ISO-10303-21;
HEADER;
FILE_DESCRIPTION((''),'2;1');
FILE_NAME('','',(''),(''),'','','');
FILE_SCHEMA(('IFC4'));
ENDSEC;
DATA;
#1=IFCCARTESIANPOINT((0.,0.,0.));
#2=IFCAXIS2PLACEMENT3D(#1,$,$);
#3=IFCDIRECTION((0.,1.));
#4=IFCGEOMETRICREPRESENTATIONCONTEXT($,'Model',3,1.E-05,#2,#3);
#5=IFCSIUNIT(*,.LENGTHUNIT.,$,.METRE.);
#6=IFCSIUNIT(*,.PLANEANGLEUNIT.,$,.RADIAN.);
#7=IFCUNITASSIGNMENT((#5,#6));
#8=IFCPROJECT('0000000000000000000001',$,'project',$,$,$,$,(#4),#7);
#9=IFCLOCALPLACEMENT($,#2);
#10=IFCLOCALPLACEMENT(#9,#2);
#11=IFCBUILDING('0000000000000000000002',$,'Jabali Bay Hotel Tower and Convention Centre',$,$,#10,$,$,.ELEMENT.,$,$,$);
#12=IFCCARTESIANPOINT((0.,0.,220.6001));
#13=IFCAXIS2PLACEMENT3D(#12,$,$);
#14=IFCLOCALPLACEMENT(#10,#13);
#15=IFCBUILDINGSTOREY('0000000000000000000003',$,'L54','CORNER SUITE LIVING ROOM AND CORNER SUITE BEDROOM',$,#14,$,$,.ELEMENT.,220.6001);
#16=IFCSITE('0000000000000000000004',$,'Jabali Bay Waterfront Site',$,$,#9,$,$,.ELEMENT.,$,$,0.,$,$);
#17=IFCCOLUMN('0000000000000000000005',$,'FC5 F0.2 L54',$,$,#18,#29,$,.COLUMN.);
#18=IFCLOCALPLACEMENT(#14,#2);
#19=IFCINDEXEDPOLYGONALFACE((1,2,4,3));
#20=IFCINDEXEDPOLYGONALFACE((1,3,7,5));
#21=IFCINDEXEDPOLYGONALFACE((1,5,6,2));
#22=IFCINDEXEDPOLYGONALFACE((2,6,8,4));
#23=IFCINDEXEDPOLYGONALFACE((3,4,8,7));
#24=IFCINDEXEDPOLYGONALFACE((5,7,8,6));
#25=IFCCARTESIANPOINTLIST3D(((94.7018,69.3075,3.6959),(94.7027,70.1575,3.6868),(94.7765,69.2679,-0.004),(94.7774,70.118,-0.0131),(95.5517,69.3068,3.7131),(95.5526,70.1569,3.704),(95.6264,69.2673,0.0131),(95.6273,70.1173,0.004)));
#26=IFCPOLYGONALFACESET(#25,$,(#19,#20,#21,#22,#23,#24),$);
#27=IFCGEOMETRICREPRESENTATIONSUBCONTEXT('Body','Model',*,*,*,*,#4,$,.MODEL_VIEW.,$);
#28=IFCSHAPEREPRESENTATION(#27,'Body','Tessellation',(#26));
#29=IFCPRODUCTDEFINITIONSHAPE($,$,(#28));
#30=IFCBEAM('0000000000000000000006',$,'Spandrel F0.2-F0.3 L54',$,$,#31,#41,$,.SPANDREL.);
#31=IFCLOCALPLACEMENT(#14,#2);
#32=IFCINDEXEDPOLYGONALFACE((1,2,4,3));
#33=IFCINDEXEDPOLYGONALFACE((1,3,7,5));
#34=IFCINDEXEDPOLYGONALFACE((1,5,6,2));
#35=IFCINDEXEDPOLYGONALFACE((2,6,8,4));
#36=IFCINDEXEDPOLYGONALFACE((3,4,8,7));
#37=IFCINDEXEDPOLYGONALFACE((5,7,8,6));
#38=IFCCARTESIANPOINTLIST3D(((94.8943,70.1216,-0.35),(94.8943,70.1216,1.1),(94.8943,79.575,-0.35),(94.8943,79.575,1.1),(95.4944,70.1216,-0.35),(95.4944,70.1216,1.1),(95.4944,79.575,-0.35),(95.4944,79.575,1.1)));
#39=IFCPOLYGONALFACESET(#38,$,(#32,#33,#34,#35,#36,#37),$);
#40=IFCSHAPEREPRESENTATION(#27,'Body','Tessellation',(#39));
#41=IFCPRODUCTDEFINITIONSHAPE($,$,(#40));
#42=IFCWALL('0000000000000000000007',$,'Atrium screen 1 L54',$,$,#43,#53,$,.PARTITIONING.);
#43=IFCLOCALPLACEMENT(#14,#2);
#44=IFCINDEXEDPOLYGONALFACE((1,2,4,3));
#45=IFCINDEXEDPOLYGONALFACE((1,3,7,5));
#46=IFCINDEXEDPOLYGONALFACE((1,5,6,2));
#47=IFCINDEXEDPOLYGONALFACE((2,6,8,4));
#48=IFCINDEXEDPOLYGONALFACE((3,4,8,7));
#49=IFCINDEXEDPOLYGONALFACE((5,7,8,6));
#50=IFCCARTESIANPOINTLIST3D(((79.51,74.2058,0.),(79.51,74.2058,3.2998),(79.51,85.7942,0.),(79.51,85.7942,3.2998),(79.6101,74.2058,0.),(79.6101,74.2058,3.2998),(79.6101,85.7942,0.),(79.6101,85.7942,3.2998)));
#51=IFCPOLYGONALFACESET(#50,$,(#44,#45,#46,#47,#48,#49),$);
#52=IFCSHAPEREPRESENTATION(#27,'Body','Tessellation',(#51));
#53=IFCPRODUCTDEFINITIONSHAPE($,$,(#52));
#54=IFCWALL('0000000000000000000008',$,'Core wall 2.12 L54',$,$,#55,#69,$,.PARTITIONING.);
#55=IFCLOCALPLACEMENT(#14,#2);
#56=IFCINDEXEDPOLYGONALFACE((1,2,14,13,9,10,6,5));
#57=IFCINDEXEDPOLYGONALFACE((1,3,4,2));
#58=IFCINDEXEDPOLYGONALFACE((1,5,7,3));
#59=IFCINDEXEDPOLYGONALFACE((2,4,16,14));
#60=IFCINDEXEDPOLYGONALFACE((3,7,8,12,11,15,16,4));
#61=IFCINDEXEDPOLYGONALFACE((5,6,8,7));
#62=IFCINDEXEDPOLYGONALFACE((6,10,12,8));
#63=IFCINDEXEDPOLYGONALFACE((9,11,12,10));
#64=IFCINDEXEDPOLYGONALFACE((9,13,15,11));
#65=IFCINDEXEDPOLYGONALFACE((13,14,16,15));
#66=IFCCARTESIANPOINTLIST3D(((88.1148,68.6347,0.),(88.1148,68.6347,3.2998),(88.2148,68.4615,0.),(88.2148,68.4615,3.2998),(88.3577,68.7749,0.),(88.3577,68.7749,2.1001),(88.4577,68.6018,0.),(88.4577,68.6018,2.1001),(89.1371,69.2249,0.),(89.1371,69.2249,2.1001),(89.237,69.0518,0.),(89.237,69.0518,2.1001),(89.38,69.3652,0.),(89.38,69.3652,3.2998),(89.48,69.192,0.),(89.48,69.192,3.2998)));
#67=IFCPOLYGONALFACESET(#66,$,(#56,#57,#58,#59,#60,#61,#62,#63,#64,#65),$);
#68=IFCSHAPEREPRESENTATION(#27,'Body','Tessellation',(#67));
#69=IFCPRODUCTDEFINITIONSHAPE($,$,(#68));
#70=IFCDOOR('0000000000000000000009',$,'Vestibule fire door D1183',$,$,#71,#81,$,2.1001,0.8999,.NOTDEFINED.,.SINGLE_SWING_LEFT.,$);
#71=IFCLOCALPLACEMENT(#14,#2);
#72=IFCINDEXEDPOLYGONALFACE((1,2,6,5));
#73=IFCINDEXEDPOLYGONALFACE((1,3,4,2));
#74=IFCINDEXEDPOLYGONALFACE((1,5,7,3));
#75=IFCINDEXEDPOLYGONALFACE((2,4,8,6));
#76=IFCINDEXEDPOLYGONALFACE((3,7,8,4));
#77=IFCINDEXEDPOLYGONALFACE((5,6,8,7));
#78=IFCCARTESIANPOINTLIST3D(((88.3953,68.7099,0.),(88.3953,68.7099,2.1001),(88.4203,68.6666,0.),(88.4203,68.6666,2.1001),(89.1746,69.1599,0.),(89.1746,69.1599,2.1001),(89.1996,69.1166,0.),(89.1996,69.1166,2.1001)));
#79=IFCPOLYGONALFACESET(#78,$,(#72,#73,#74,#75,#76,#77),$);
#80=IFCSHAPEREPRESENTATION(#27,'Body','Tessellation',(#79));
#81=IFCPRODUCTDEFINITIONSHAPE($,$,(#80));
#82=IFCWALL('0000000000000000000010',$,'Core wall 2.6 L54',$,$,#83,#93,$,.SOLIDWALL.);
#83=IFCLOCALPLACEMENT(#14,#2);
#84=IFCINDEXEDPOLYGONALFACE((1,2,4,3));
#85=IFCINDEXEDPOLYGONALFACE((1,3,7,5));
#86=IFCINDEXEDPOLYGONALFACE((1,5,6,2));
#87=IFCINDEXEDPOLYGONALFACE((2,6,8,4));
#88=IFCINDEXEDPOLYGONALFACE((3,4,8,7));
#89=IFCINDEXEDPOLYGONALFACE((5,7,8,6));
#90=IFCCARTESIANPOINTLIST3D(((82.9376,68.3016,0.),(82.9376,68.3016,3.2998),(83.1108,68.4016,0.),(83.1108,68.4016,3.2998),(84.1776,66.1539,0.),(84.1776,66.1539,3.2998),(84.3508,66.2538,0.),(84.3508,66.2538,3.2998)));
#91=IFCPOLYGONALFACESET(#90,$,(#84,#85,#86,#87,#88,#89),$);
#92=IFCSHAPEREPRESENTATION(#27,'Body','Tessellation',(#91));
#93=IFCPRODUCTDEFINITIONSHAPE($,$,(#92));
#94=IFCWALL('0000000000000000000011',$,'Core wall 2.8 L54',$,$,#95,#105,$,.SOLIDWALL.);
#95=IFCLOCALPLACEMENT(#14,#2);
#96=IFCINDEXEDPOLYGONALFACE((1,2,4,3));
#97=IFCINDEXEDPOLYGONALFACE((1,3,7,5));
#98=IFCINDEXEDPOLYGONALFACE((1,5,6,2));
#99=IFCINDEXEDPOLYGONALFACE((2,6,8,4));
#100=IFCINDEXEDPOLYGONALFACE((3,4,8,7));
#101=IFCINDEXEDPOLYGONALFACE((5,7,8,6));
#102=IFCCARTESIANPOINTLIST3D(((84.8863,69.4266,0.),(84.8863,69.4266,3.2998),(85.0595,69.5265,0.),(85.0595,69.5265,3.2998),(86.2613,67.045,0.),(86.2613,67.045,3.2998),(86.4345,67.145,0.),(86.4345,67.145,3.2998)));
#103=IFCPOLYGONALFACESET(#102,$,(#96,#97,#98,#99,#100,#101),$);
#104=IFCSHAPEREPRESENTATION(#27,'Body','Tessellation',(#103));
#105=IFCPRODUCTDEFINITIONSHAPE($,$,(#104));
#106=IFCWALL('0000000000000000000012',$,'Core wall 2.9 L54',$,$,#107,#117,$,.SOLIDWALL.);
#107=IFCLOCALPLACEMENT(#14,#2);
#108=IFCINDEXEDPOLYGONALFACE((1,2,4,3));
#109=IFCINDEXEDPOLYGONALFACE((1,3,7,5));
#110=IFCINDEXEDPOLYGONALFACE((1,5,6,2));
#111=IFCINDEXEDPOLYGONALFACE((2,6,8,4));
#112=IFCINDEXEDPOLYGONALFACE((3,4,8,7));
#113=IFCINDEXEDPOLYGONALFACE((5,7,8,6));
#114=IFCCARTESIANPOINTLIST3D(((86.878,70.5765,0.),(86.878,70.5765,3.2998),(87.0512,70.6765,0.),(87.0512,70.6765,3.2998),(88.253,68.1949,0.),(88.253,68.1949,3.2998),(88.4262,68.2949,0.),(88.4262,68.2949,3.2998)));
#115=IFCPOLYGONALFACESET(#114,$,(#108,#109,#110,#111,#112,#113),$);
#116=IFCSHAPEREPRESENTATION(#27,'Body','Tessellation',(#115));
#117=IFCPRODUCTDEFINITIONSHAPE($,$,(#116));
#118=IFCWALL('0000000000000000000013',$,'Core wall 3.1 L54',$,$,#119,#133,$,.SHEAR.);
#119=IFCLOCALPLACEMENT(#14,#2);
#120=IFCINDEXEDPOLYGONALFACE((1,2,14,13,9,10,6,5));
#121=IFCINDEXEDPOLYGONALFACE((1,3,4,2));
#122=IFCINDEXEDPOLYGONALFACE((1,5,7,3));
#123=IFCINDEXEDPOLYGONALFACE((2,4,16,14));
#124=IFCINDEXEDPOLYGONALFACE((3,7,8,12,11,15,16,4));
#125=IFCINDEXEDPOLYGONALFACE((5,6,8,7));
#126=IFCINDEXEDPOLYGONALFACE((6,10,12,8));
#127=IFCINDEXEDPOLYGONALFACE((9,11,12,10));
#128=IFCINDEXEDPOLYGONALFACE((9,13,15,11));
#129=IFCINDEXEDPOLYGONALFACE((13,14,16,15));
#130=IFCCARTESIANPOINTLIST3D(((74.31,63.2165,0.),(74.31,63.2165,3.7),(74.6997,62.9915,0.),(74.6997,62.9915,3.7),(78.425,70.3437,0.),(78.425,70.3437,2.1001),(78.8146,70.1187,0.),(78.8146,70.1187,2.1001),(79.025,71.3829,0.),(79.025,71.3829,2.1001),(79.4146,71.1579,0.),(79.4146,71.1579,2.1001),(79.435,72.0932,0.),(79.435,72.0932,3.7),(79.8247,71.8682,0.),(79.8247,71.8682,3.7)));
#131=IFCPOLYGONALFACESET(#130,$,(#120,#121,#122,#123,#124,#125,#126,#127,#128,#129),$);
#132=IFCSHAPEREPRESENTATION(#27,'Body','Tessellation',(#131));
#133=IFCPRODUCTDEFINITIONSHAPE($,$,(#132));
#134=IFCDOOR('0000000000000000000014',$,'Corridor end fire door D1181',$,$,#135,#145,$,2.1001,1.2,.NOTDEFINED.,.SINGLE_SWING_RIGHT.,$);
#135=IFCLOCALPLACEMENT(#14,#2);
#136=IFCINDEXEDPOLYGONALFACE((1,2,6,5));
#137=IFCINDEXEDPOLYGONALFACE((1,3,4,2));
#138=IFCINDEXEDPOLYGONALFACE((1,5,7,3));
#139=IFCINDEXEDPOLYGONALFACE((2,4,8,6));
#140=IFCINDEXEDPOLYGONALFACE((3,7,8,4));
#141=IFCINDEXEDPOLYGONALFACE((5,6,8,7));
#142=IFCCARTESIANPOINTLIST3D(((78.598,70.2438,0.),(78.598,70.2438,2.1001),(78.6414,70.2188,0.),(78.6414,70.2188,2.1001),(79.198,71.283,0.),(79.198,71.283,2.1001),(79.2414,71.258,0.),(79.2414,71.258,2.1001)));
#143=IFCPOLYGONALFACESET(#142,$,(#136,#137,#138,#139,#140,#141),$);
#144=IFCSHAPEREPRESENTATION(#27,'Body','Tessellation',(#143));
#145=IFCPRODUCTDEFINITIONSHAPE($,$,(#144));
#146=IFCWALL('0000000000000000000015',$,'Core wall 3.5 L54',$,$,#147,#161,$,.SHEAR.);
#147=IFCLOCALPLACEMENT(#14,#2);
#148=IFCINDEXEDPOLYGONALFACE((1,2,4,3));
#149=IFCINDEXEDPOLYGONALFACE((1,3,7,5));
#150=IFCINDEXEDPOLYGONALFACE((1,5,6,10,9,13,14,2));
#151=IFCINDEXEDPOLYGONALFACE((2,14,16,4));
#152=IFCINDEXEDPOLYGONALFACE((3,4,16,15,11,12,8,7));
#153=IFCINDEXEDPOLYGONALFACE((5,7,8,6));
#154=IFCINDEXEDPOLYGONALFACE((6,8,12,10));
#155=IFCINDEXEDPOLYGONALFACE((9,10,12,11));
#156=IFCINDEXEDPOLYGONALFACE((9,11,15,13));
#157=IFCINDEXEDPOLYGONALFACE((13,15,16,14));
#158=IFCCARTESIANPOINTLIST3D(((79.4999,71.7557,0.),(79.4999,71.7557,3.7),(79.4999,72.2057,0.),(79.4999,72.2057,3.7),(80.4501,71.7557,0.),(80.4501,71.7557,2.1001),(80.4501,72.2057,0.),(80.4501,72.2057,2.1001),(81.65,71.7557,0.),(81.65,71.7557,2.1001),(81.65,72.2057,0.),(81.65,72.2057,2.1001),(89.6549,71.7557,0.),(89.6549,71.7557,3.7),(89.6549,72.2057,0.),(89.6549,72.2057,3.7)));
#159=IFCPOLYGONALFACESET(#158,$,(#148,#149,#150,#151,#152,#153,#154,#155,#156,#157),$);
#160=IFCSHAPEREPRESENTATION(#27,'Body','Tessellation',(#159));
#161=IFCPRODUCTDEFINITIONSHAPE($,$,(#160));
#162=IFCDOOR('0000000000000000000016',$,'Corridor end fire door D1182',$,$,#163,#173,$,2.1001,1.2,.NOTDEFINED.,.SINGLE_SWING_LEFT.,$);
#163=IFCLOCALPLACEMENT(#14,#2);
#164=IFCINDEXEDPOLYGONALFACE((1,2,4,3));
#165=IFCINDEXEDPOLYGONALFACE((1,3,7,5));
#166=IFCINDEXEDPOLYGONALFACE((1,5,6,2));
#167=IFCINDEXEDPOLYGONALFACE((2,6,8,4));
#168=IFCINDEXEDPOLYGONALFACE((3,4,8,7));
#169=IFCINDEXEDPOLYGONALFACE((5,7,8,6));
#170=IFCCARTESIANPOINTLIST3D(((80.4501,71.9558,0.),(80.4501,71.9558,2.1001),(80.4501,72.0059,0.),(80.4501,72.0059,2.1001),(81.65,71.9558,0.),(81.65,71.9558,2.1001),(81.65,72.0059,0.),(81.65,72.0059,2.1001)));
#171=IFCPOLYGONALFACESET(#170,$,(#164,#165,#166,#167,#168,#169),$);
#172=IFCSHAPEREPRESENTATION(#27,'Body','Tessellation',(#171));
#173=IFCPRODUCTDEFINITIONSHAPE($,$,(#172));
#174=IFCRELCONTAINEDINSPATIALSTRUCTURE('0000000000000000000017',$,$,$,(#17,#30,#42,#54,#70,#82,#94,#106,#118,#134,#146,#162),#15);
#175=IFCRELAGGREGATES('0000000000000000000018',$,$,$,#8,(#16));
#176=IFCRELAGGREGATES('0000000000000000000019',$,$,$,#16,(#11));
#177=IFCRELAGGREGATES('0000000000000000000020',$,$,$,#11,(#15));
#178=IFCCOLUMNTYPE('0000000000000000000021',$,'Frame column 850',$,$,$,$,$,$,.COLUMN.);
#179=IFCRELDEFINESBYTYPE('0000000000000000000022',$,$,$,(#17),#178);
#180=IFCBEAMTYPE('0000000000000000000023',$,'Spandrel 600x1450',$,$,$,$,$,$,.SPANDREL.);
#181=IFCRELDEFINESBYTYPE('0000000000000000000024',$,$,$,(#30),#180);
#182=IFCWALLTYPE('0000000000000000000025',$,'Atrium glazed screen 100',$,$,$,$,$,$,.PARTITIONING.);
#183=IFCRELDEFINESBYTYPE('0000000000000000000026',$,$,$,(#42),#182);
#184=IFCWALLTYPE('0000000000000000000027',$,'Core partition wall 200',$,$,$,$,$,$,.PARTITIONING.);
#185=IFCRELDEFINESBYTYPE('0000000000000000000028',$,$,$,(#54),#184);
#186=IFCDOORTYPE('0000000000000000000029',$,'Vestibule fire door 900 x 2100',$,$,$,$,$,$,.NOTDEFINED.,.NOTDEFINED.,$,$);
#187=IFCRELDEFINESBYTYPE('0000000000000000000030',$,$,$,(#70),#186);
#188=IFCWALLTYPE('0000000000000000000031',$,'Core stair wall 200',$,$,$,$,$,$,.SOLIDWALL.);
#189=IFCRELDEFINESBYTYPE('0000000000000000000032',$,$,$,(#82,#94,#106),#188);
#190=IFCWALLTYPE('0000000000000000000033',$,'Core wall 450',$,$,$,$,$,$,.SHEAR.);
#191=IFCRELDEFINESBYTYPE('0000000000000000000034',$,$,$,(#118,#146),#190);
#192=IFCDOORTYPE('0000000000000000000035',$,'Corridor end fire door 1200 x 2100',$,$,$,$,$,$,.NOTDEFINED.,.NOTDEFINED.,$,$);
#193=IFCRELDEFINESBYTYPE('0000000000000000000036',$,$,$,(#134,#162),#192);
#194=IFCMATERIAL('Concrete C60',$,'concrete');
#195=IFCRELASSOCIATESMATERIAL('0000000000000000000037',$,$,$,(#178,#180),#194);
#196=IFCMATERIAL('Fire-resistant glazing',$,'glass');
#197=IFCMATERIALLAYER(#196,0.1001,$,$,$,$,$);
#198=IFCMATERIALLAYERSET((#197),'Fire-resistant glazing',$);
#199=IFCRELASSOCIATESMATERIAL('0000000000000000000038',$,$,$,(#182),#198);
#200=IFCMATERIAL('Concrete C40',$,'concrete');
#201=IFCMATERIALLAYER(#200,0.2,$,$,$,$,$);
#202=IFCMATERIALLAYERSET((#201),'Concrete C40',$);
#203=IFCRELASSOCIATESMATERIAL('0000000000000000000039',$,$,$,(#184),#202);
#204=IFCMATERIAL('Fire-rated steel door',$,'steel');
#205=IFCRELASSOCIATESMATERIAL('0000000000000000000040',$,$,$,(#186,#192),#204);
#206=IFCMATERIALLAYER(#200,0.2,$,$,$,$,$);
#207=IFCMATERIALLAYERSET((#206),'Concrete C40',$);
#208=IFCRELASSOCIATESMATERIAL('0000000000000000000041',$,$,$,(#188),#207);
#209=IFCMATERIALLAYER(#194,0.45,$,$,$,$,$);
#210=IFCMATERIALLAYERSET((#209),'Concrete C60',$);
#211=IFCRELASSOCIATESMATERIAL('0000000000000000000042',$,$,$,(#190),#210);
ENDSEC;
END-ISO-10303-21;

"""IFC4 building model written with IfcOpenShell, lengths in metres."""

from ifc_helpers import new_model, si_unit, direction, frame, frame_2d, origin, origin_2d, place, context, subcontext, project, spatial, rectangle, extrude, material, layer, layer_set, material_profile, profile_set, type_object, element, fill, save


model = new_model("IFC4")

# Units and contexts
model_context = context("Model", 3, precision=1e-05, world=origin(), true_north=direction((0.0, 1.0)))
body_context = subcontext(model_context, "Body", "Model", "MODEL_VIEW")
ifc_project = project(units=[si_unit("LENGTHUNIT", "METRE"), si_unit("PLANEANGLEUNIT", "RADIAN")], contexts=[model_context])

# Site, building, storey
site_placement = place(None, origin())
site = spatial("IfcSite", under=ifc_project, at=site_placement, Name="Jabali Bay Waterfront Site", CompositionType="ELEMENT", RefElevation=0.0)
building_placement = place(site_placement, origin())
building = spatial("IfcBuilding", under=site, at=building_placement, Name="Jabali Bay Hotel Tower and Convention Centre", CompositionType="ELEMENT")
storey_placement = place(building_placement, frame((0.0, 0.0, 220.6001)))
storey = spatial("IfcBuildingStorey", under=building, at=storey_placement, Name="L54", Description="CORNER SUITE LIVING ROOM AND CORNER SUITE BEDROOM", CompositionType="ELEMENT", Elevation=220.6001)

# Column
ifc_material_1 = material(Name="Concrete C60", Category="concrete")
ifc_material_profile_1 = material_profile(ifc_material_1, rectangle(XDim=0.8501, YDim=0.8501, at=origin_2d()), Name="Frame column 850")
ifc_profile_set_1 = profile_set([ifc_material_profile_1], Name="Concrete C60")
column_type = type_object("IfcColumnType", Name="Frame column 850", PredefinedType="COLUMN", material=ifc_profile_set_1)
column_placement = place(storey_placement, frame((95.2019, 69.6926, 0.0), z_axis=(-0.020186, 0.010687, 0.999739), x_axis=(-0.001023, -0.999943, 0.010668)))
element("IfcColumn", 1, at=column_placement, inside=storey, type_object=column_type, Name="FC5 F0.2 L54", PredefinedType="COLUMN", context=body_context, shape_type="SweptSolid", body=[
    extrude(rectangle(XDim=0.8501, YDim=0.8501, at=origin_2d()), origin(), (0.0, 0.0, 1.0), 3.7009),
])

# Beam
ifc_material_profile_2 = material_profile(ifc_material_1, rectangle(XDim=0.6001, YDim=1.45, at=origin_2d()), Name="Spandrel 600x1450")
ifc_profile_set_2 = profile_set([ifc_material_profile_2], Name="Concrete C60")
beam_type = type_object("IfcBeamType", Name="Spandrel 600x1450", PredefinedType="SPANDREL", material=ifc_profile_set_2)
beam_placement = place(storey_placement, frame((95.1943, 70.1216, 0.375), z_axis=(0.0, 1.0, 0.0), x_axis=(-1.0, 0.0, 0.0)))
element("IfcBeam", 2, at=beam_placement, inside=storey, type_object=beam_type, Name="Spandrel F0.2-F0.3 L54", PredefinedType="SPANDREL", context=body_context, shape_type="SweptSolid", body=[
    extrude(rectangle(XDim=0.6001, YDim=1.45, at=origin_2d()), origin(), (0.0, 0.0, 1.0), 9.4534),
])

# Wall
ifc_material_2 = material(Name="Fire-resistant glazing", Category="glass")
ifc_layer_1 = layer(ifc_material_2, 0.1001)
ifc_layer_set_1 = layer_set([ifc_layer_1], Name="Fire-resistant glazing")
wall_type_1 = type_object("IfcWallType", Name="Atrium glazed screen 100", PredefinedType="PARTITIONING", material=ifc_layer_set_1)
wall_1_placement = place(storey_placement, frame((79.5601, 74.2058, 0.0), z_axis=(0.0, 0.0, 1.0), x_axis=(0.0, 1.0, 0.0)))
element("IfcWall", 3, at=wall_1_placement, inside=storey, type_object=wall_type_1, Name="Atrium screen 1 L54", PredefinedType="PARTITIONING", context=body_context, shape_type="SweptSolid", body=[
    extrude(rectangle(XDim=11.5884, YDim=0.1001, at=frame_2d((5.7942, 0.0))), origin(), (0.0, 0.0, 1.0), 3.2998),
])

# Wall, opening, door
ifc_material_3 = material(Name="Concrete C40", Category="concrete")
ifc_layer_2 = layer(ifc_material_3, 0.2)
ifc_layer_set_2 = layer_set([ifc_layer_2], Name="Concrete C40")
wall_type_2 = type_object("IfcWallType", Name="Core partition wall 200", PredefinedType="PARTITIONING", material=ifc_layer_set_2)
wall_2_placement = place(storey_placement, frame((88.1648, 68.5481, 0.0), z_axis=(0.0, 0.0, 1.0), x_axis=(0.866013, 0.500021, 0.0)))
wall_2 = element("IfcWall", 4, at=wall_2_placement, inside=storey, type_object=wall_type_2, Name="Core wall 2.12 L54", PredefinedType="PARTITIONING", context=body_context, shape_type="SweptSolid", body=[
    extrude(rectangle(XDim=1.4609, YDim=0.2, at=frame_2d((0.7305, 0.0))), origin(), (0.0, 0.0, 1.0), 3.2998),
])
opening_1_placement = place(wall_2_placement, frame((0.2805, 0.0, 0.0)))
opening_1 = element("IfcOpeningElement", 5, at=opening_1_placement, cuts=wall_2, PredefinedType="OPENING", context=body_context, shape_type="SweptSolid", body=[
    extrude(rectangle(XDim=0.8999, YDim=2.1001, at=frame_2d((0.45, 1.05))), frame((0.0, 0.1104, 0.0), z_axis=(0.0, -1.0, 0.0), x_axis=(1.0, 0.0, 0.0)), (0.0, 0.0, 1.0), 0.2209),
])
ifc_material_4 = material(Name="Fire-rated steel door", Category="steel")
door_type_1 = type_object("IfcDoorType", Name="Vestibule fire door 900 x 2100", OperationType="NOTDEFINED", PredefinedType="NOTDEFINED", material=ifc_material_4)
door_1_placement = place(opening_1_placement, origin())
door_1 = element("IfcDoor", 6, at=door_1_placement, inside=storey, type_object=door_type_1, Name="Vestibule fire door D1183", OperationType="SINGLE_SWING_LEFT", OverallHeight=2.1001, OverallWidth=0.8999, PredefinedType="NOTDEFINED", context=body_context, shape_type="SweptSolid", body=[
    extrude(rectangle(XDim=0.8999, YDim=2.1001, at=frame_2d((0.45, 1.05))), frame((0.0, 0.0249, 0.0), z_axis=(0.0, -1.0, 0.0), x_axis=(1.0, 0.0, 0.0)), (0.0, 0.0, 1.0), 0.05),
])
fill(opening_1, door_1)

# Walls
ifc_layer_3 = layer(ifc_material_3, 0.2)
ifc_layer_set_3 = layer_set([ifc_layer_3], Name="Concrete C40")
wall_type_3 = type_object("IfcWallType", Name="Core stair wall 200", PredefinedType="SOLIDWALL", material=ifc_layer_set_3)
wall_3_placement = place(storey_placement, frame((83.0242, 68.3516, 0.0), z_axis=(0.0, 0.0, 1.0), x_axis=(0.500004, -0.866023, 0.0)))
element("IfcWall", 7, at=wall_3_placement, inside=storey, type_object=wall_type_3, Name="Core wall 2.6 L54", PredefinedType="SOLIDWALL", context=body_context, shape_type="SweptSolid", body=[
    extrude(rectangle(XDim=2.48, YDim=0.2, at=frame_2d((1.24, 0.0))), origin(), (0.0, 0.0, 1.0), 3.2998),
])
for number, where, z_axis, x_axis, name in (
    (8, (84.9729, 69.4766, 0.0), (0.0, 0.0, 1.0), (0.499997, -0.866027, 0.0), "Core wall 2.8 L54"),
    (9, (86.9646, 70.6265, 0.0), (0.0, 0.0, 1.0), (0.499997, -0.866027, 0.0), "Core wall 2.9 L54"),
):
    element("IfcWall", number, at=place(storey_placement, frame(where, z_axis=z_axis, x_axis=x_axis)), inside=storey, type_object=wall_type_3, Name=name, PredefinedType="SOLIDWALL", context=body_context, shape_type="SweptSolid", body=[
        extrude(rectangle(XDim=2.75, YDim=0.2, at=frame_2d((1.375, 0.0))), origin(), (0.0, 0.0, 1.0), 3.2998),
    ])

# Walls, openings, doors
ifc_layer_4 = layer(ifc_material_1, 0.45)
ifc_layer_set_4 = layer_set([ifc_layer_4], Name="Concrete C60")
wall_type_4 = type_object("IfcWallType", Name="Core wall 450", PredefinedType="SHEAR", material=ifc_layer_set_4)
wall_4_placement = place(storey_placement, frame((79.6299, 71.9807, 0.0), z_axis=(0.0, 0.0, 1.0), x_axis=(-0.500002, -0.866024, 0.0)))
wall_4 = element("IfcWall", 10, at=wall_4_placement, inside=storey, type_object=wall_type_4, Name="Core wall 3.1 L54", PredefinedType="SHEAR", context=body_context, shape_type="SweptSolid", body=[
    extrude(rectangle(XDim=10.25, YDim=0.45, at=frame_2d((5.125, 0.0))), origin(), (0.0, 0.0, 1.0), 3.7),
])
opening_2_placement = place(wall_4_placement, frame((0.8201, 0.0, 0.0)))
opening_2 = element("IfcOpeningElement", 11, at=opening_2_placement, cuts=wall_4, PredefinedType="OPENING", context=body_context, shape_type="SweptSolid", body=[
    extrude(rectangle(XDim=1.2, YDim=2.1001, at=frame_2d((0.6001, 1.05))), frame((0.0, 0.2354, 0.0), z_axis=(0.0, -1.0, 0.0), x_axis=(1.0, 0.0, 0.0)), (0.0, 0.0, 1.0), 0.4709),
])
door_type_2 = type_object("IfcDoorType", Name="Corridor end fire door 1200 x 2100", OperationType="NOTDEFINED", PredefinedType="NOTDEFINED", material=ifc_material_4)
door_2_placement = place(opening_2_placement, origin())
door_2 = element("IfcDoor", 12, at=door_2_placement, inside=storey, type_object=door_type_2, Name="Corridor end fire door D1181", OperationType="SINGLE_SWING_RIGHT", OverallHeight=2.1001, OverallWidth=1.2, PredefinedType="NOTDEFINED", context=body_context, shape_type="SweptSolid", body=[
    extrude(rectangle(XDim=1.2, YDim=2.1001, at=frame_2d((0.6001, 1.05))), frame((0.0, 0.0249, 0.0), z_axis=(0.0, -1.0, 0.0), x_axis=(1.0, 0.0, 0.0)), (0.0, 0.0, 1.0), 0.05),
])
fill(opening_2, door_2)
wall_5_placement = place(storey_placement, frame((89.655, 71.9807, 0.0), z_axis=(0.0, 0.0, 1.0), x_axis=(-1.0, 0.0, 0.0)))
wall_5 = element("IfcWall", 13, at=wall_5_placement, inside=storey, type_object=wall_type_4, Name="Core wall 3.5 L54", PredefinedType="SHEAR", context=body_context, shape_type="SweptSolid", body=[
    extrude(rectangle(XDim=10.155, YDim=0.45, at=frame_2d((5.0776, 0.0))), origin(), (0.0, 0.0, 1.0), 3.7),
])
opening_3_placement = place(wall_5_placement, frame((8.0049, 0.0, 0.0)))
opening_3 = element("IfcOpeningElement", 14, at=opening_3_placement, cuts=wall_5, PredefinedType="OPENING", context=body_context, shape_type="SweptSolid", body=[
    extrude(rectangle(XDim=1.2, YDim=2.1001, at=frame_2d((0.6001, 1.05))), frame((0.0, 0.2354, 0.0), z_axis=(0.0, -1.0, 0.0), x_axis=(1.0, 0.0, 0.0)), (0.0, 0.0, 1.0), 0.4709),
])
door_3_placement = place(opening_3_placement, origin())
door_3 = element("IfcDoor", 15, at=door_3_placement, inside=storey, type_object=door_type_2, Name="Corridor end fire door D1182", OperationType="SINGLE_SWING_LEFT", OverallHeight=2.1001, OverallWidth=1.2, PredefinedType="NOTDEFINED", context=body_context, shape_type="SweptSolid", body=[
    extrude(rectangle(XDim=1.2, YDim=2.1001, at=frame_2d((0.6001, 1.05))), frame((0.0, 0.0249, 0.0), z_axis=(0.0, -1.0, 0.0), x_axis=(1.0, 0.0, 0.0)), (0.0, 0.0, 1.0), 0.05),
])
fill(opening_3, door_3)

save(model, "model.ifc")
